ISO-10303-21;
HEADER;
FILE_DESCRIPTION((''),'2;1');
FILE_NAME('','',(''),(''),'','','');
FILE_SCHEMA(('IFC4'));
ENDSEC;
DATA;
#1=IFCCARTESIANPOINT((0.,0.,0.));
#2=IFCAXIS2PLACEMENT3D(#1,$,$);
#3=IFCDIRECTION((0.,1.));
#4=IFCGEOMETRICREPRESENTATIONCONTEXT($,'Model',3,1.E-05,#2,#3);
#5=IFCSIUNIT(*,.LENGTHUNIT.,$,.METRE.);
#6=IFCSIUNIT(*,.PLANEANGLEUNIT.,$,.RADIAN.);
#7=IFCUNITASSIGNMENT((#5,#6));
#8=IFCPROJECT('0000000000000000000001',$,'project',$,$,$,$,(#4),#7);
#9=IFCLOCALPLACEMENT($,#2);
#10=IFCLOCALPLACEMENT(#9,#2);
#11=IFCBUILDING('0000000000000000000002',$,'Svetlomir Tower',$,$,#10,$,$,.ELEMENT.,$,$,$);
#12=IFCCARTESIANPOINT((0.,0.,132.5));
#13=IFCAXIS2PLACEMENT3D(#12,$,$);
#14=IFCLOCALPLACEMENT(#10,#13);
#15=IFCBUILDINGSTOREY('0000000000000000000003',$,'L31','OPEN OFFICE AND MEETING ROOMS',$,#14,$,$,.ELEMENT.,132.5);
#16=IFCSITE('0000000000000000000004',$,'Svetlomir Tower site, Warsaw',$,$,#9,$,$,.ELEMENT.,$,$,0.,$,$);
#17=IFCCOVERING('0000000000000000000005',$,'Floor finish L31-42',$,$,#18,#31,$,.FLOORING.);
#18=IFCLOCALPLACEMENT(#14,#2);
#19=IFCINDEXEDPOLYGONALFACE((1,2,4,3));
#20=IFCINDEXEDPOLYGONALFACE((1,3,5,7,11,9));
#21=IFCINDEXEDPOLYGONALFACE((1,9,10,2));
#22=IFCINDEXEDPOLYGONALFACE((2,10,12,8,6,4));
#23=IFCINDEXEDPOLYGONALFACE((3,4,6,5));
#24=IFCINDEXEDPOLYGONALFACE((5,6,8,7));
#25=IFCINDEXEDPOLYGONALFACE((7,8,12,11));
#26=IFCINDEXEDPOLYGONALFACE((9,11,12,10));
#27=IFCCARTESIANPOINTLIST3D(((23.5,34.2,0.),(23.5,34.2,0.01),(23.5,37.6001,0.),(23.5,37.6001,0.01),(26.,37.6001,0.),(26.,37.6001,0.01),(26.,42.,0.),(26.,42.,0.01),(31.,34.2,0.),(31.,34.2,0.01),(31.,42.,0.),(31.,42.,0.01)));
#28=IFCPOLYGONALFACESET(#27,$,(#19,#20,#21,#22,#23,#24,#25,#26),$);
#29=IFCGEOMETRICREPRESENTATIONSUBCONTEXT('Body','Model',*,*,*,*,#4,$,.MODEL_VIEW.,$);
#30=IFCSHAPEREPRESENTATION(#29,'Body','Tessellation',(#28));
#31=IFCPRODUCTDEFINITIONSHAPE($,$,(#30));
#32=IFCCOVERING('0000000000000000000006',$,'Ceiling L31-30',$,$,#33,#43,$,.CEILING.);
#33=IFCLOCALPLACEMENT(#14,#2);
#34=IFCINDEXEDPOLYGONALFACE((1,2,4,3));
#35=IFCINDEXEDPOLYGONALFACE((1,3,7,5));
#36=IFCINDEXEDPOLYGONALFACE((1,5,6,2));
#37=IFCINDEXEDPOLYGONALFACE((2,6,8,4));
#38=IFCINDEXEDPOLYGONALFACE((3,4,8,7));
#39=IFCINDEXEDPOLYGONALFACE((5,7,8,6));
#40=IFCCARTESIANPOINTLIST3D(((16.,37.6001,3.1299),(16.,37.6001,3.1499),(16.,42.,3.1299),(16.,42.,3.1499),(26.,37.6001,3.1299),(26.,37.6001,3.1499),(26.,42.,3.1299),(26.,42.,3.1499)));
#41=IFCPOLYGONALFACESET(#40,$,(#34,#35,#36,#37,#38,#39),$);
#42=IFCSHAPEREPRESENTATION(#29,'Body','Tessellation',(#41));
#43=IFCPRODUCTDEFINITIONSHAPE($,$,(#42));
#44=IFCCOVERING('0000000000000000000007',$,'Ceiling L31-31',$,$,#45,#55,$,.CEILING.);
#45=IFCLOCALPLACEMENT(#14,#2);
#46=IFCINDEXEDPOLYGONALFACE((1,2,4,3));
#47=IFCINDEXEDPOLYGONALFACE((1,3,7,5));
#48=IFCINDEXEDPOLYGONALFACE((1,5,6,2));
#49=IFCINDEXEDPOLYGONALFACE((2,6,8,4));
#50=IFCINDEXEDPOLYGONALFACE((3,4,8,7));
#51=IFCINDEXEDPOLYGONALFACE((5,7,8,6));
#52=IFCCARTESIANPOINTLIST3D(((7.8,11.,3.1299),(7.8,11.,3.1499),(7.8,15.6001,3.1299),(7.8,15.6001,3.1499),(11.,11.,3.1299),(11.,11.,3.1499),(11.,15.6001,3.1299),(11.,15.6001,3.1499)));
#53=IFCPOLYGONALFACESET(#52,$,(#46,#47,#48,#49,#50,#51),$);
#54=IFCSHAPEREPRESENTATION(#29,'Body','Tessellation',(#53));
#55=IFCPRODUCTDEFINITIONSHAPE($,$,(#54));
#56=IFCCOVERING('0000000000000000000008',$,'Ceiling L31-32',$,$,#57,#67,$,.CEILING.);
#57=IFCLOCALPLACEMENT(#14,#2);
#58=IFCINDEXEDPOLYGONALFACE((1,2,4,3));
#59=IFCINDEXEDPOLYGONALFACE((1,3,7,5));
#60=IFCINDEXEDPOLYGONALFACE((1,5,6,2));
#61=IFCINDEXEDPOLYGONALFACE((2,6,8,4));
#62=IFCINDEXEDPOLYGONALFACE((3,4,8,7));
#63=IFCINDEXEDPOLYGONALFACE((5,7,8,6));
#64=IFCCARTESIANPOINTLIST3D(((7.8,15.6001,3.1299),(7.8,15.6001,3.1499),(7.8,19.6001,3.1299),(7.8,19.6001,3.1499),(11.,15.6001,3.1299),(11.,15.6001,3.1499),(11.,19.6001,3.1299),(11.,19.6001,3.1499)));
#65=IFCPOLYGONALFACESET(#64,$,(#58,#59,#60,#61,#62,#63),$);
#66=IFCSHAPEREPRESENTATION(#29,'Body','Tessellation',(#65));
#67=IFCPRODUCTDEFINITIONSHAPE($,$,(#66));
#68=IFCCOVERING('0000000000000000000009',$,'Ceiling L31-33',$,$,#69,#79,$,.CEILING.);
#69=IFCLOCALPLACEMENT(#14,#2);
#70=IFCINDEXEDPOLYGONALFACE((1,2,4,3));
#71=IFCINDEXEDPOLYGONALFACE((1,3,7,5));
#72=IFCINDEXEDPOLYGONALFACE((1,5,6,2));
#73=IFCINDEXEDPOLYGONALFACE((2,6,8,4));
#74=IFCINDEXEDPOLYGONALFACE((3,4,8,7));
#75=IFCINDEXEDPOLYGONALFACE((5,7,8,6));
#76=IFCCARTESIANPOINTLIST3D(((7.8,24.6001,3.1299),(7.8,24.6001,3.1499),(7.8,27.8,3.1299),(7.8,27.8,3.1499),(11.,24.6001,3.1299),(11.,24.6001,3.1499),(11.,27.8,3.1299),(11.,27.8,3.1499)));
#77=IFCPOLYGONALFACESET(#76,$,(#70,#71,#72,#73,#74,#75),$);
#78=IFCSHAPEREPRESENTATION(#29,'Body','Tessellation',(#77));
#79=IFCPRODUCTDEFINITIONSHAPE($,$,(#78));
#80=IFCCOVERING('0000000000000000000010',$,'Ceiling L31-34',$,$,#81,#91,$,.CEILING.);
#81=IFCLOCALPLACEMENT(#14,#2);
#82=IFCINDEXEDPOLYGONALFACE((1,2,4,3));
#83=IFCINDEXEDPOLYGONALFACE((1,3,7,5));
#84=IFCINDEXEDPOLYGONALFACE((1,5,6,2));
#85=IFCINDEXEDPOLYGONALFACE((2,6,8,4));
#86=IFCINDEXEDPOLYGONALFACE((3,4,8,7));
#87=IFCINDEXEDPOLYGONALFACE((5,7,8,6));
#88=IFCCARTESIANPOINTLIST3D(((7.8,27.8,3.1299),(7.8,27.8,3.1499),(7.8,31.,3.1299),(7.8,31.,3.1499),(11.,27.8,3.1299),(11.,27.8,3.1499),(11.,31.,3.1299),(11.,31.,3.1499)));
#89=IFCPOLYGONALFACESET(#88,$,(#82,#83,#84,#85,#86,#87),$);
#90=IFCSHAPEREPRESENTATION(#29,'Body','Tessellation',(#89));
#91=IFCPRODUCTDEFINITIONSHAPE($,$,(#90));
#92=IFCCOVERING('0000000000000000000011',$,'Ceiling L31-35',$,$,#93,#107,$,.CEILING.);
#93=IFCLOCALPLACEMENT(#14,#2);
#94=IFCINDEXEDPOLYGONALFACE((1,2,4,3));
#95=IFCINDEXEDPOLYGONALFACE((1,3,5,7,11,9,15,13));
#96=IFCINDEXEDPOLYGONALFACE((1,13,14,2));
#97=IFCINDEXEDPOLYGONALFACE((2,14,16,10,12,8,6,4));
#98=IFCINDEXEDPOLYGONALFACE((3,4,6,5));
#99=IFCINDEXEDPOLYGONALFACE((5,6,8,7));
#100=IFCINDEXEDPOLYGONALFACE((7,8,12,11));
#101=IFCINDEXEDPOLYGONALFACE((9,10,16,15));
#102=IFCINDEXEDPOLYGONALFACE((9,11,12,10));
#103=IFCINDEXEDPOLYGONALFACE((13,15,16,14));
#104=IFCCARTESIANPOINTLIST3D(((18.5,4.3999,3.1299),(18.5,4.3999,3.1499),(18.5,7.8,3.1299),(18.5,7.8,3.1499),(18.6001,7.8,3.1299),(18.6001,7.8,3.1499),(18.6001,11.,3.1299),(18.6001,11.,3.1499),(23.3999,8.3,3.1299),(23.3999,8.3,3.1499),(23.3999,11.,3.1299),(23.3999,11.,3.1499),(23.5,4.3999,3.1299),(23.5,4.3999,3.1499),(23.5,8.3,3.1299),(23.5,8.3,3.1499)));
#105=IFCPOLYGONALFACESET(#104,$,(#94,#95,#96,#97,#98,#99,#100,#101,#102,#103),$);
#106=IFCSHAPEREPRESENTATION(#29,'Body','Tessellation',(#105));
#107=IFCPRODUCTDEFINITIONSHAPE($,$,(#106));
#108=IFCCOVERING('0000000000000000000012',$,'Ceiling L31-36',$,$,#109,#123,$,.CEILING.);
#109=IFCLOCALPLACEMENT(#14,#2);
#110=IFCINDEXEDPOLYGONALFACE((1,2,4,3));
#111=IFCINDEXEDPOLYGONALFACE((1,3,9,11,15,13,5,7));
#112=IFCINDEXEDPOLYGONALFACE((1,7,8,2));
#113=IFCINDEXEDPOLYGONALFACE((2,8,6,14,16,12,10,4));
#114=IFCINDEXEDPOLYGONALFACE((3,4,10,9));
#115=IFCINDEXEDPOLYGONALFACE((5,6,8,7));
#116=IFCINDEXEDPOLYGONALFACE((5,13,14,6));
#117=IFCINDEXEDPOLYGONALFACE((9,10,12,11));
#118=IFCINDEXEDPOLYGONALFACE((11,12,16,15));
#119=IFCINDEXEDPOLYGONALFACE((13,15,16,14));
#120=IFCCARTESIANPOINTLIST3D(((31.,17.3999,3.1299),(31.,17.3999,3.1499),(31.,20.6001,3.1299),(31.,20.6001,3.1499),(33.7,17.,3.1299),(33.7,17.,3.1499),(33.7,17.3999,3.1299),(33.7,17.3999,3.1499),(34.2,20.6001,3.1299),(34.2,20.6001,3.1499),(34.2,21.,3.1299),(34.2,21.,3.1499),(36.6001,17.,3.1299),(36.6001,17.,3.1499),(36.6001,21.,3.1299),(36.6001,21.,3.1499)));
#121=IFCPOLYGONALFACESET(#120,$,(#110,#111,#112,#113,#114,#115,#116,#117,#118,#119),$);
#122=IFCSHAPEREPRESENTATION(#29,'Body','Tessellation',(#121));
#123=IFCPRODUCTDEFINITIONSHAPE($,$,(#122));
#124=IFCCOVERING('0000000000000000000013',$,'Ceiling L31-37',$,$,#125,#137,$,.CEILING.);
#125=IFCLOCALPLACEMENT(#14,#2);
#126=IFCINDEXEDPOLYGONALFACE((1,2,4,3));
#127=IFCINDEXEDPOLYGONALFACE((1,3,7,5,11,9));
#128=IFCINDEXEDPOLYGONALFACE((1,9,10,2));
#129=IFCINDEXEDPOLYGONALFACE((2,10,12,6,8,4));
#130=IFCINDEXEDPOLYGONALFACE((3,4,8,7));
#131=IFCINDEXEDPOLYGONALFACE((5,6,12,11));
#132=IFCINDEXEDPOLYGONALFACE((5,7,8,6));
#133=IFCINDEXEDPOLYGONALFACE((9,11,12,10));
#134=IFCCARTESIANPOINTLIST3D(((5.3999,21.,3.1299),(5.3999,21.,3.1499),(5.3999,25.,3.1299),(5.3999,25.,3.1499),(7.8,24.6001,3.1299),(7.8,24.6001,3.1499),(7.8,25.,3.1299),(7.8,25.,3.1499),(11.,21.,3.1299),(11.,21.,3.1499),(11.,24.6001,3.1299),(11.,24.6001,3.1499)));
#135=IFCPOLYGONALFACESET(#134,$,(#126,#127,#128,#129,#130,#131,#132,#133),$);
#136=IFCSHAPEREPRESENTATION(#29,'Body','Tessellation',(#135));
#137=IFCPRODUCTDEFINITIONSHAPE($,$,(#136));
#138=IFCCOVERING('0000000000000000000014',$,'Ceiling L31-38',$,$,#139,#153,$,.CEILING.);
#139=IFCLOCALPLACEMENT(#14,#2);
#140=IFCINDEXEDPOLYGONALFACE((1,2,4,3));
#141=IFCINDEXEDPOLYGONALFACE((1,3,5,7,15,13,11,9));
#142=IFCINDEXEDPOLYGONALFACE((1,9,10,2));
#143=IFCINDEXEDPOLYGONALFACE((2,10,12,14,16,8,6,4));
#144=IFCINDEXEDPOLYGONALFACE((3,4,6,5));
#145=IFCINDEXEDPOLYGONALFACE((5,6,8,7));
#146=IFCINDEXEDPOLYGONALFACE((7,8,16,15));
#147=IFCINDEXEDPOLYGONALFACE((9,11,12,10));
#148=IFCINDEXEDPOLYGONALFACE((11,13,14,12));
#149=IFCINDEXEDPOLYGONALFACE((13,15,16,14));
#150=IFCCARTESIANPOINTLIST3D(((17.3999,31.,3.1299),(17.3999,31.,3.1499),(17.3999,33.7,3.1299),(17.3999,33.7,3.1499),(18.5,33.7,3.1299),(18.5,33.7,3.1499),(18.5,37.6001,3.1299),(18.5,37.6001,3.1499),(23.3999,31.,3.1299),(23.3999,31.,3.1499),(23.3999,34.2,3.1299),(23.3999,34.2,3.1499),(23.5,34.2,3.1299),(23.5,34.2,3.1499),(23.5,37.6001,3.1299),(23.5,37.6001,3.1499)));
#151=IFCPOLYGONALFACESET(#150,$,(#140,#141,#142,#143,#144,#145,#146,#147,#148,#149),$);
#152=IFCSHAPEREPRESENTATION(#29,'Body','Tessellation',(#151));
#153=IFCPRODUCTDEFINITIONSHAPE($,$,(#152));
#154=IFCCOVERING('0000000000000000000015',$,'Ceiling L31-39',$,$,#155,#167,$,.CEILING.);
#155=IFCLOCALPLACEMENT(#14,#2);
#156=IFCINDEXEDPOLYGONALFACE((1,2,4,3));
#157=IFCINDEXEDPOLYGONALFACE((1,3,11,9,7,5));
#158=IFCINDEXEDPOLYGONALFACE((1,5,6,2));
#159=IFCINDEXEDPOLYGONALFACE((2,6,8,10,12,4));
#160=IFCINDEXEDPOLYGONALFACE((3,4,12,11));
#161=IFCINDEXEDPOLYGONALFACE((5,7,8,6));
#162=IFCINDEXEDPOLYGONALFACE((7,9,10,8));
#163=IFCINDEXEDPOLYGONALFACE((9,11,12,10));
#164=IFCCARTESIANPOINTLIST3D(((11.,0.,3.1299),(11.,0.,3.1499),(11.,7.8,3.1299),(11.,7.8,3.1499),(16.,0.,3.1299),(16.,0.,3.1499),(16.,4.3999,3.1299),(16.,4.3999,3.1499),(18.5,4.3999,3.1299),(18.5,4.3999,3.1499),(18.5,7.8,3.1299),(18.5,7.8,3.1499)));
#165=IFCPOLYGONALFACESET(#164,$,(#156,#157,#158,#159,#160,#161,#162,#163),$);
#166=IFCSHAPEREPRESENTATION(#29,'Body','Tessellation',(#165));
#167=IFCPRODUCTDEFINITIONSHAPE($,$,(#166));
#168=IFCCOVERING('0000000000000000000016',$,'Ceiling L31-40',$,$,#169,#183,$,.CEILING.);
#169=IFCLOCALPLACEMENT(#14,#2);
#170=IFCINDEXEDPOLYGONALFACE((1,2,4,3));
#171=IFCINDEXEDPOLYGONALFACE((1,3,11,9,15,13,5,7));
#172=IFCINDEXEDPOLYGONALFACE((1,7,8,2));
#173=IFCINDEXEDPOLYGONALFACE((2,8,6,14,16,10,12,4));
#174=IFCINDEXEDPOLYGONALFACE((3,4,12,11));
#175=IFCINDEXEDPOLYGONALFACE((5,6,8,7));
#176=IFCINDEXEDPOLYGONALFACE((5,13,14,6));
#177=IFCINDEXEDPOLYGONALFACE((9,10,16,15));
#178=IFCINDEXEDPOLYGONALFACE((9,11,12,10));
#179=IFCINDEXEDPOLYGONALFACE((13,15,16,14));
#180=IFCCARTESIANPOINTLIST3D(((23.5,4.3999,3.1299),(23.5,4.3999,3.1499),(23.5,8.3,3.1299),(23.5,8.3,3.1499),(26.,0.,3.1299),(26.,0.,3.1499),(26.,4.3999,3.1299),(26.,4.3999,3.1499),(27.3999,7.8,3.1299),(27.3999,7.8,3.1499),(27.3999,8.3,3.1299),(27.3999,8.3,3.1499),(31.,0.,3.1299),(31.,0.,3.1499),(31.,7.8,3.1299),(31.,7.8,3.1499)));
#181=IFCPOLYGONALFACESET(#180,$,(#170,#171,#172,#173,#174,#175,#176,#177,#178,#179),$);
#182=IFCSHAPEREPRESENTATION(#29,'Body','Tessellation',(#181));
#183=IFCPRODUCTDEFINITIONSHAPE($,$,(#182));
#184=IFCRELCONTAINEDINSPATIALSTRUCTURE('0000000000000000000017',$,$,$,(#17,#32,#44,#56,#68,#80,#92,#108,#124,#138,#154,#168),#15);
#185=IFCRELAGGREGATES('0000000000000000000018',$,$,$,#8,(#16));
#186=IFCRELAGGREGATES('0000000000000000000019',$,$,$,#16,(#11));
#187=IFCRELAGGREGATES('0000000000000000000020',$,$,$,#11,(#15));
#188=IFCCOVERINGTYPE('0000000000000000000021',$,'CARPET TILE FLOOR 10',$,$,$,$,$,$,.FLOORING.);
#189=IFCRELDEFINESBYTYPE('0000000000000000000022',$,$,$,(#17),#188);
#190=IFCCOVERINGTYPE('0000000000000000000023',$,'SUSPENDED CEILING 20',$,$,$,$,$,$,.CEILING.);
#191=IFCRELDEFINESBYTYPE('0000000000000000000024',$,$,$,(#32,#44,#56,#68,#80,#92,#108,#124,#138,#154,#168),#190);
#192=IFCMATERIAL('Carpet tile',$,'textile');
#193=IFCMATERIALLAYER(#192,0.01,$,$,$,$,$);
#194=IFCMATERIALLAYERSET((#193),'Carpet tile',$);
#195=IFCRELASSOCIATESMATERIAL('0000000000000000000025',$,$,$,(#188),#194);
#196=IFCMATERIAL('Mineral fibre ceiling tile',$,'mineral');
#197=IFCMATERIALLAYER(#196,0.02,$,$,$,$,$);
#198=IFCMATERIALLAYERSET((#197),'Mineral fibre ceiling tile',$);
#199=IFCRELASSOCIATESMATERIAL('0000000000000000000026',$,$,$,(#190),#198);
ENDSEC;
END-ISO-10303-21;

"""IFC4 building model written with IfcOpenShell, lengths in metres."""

from ifc_helpers import new_model, si_unit, direction, frame, origin, place, context, subcontext, project, spatial, polyline, outline, extrude, material, layer, layer_set, type_object, element, save


model = new_model("IFC4")

# Units and contexts
model_context = context("Model", 3, precision=1e-05, world=origin(), true_north=direction((0.0, 1.0)))
body_context = subcontext(model_context, "Body", "Model", "MODEL_VIEW")
ifc_project = project(units=[si_unit("LENGTHUNIT", "METRE"), si_unit("PLANEANGLEUNIT", "RADIAN")], contexts=[model_context])

# Site, building, storey
site_placement = place(None, origin())
site = spatial("IfcSite", under=ifc_project, at=site_placement, Name="Svetlomir Tower site, Warsaw", CompositionType="ELEMENT", RefElevation=0.0)
building_placement = place(site_placement, origin())
building = spatial("IfcBuilding", under=site, at=building_placement, Name="Svetlomir Tower", CompositionType="ELEMENT")
storey_placement = place(building_placement, frame((0.0, 0.0, 132.5)))
storey = spatial("IfcBuildingStorey", under=building, at=storey_placement, Name="L31", Description="OPEN OFFICE AND MEETING ROOMS", CompositionType="ELEMENT", Elevation=132.5)

# Coverings
ifc_material_1 = material(Name="Carpet tile", Category="textile")
ifc_layer_1 = layer(ifc_material_1, 0.01)
ifc_layer_set_1 = layer_set([ifc_layer_1], Name="Carpet tile")
covering_type_1 = type_object("IfcCoveringType", Name="CARPET TILE FLOOR 10", PredefinedType="FLOORING", material=ifc_layer_set_1)
covering_1_placement = place(storey_placement, origin())
element("IfcCovering", 1, at=covering_1_placement, inside=storey, type_object=covering_type_1, Name="Floor finish L31-42", PredefinedType="FLOORING", context=body_context, shape_type="SweptSolid", body=[
    extrude(outline(polyline([(23.5, 34.2), (23.5, 37.6001), (26.0, 37.6001), (26.0, 42.0), (31.0, 42.0), (31.0, 34.2), (23.5, 34.2)])), origin(), (0.0, 0.0, 1.0), 0.01),
])
ifc_material_2 = material(Name="Mineral fibre ceiling tile", Category="mineral")
ifc_layer_2 = layer(ifc_material_2, 0.02)
ifc_layer_set_2 = layer_set([ifc_layer_2], Name="Mineral fibre ceiling tile")
covering_type_2 = type_object("IfcCoveringType", Name="SUSPENDED CEILING 20", PredefinedType="CEILING", material=ifc_layer_set_2)
covering_2_placement = place(storey_placement, frame((0.0, 0.0, 3.1299)))
element("IfcCovering", 2, at=covering_2_placement, inside=storey, type_object=covering_type_2, Name="Ceiling L31-30", PredefinedType="CEILING", context=body_context, shape_type="SweptSolid", body=[
    extrude(outline(polyline([(16.0, 37.6001), (26.0, 37.6001), (26.0, 42.0), (16.0, 42.0), (16.0, 37.6001)])), origin(), (0.0, 0.0, 1.0), 0.02),
])
covering_3_placement = place(storey_placement, frame((0.0, 0.0, 3.1299)))
element("IfcCovering", 3, at=covering_3_placement, inside=storey, type_object=covering_type_2, Name="Ceiling L31-31", PredefinedType="CEILING", context=body_context, shape_type="SweptSolid", body=[
    extrude(outline(polyline([(7.8, 11.0), (11.0, 11.0), (11.0, 15.6001), (7.8, 15.6001), (7.8, 11.0)])), origin(), (0.0, 0.0, 1.0), 0.02),
])
covering_4_placement = place(storey_placement, frame((0.0, 0.0, 3.1299)))
element("IfcCovering", 4, at=covering_4_placement, inside=storey, type_object=covering_type_2, Name="Ceiling L31-32", PredefinedType="CEILING", context=body_context, shape_type="SweptSolid", body=[
    extrude(outline(polyline([(7.8, 15.6001), (11.0, 15.6001), (11.0, 19.6001), (7.8, 19.6001), (7.8, 15.6001)])), origin(), (0.0, 0.0, 1.0), 0.02),
])
covering_5_placement = place(storey_placement, frame((0.0, 0.0, 3.1299)))
element("IfcCovering", 5, at=covering_5_placement, inside=storey, type_object=covering_type_2, Name="Ceiling L31-33", PredefinedType="CEILING", context=body_context, shape_type="SweptSolid", body=[
    extrude(outline(polyline([(7.8, 24.6001), (11.0, 24.6001), (11.0, 27.8), (7.8, 27.8), (7.8, 24.6001)])), origin(), (0.0, 0.0, 1.0), 0.02),
])
covering_6_placement = place(storey_placement, frame((0.0, 0.0, 3.1299)))
element("IfcCovering", 6, at=covering_6_placement, inside=storey, type_object=covering_type_2, Name="Ceiling L31-34", PredefinedType="CEILING", context=body_context, shape_type="SweptSolid", body=[
    extrude(outline(polyline([(7.8, 27.8), (11.0, 27.8), (11.0, 31.0), (7.8, 31.0), (7.8, 27.8)])), origin(), (0.0, 0.0, 1.0), 0.02),
])
covering_7_placement = place(storey_placement, frame((0.0, 0.0, 3.1299)))
element("IfcCovering", 7, at=covering_7_placement, inside=storey, type_object=covering_type_2, Name="Ceiling L31-35", PredefinedType="CEILING", context=body_context, shape_type="SweptSolid", body=[
    extrude(outline(polyline([(18.5, 4.3999), (18.5, 7.8), (18.6001, 7.8), (18.6001, 11.0), (23.3999, 11.0), (23.3999, 8.3), (23.5, 8.3), (23.5, 4.3999), (18.5, 4.3999)])), origin(), (0.0, 0.0, 1.0), 0.02),
])
covering_8_placement = place(storey_placement, frame((0.0, 0.0, 3.1299)))
element("IfcCovering", 8, at=covering_8_placement, inside=storey, type_object=covering_type_2, Name="Ceiling L31-36", PredefinedType="CEILING", context=body_context, shape_type="SweptSolid", body=[
    extrude(outline(polyline([(34.2, 20.6001), (34.2, 21.0), (36.6001, 21.0), (36.6001, 17.0), (33.7, 17.0), (33.7, 17.3999), (31.0, 17.3999), (31.0, 20.6001), (34.2, 20.6001)])), origin(), (0.0, 0.0, 1.0), 0.02),
])
covering_9_placement = place(storey_placement, frame((0.0, 0.0, 3.1299)))
element("IfcCovering", 9, at=covering_9_placement, inside=storey, type_object=covering_type_2, Name="Ceiling L31-37", PredefinedType="CEILING", context=body_context, shape_type="SweptSolid", body=[
    extrude(outline(polyline([(5.3999, 21.0), (5.3999, 25.0), (7.8, 25.0), (7.8, 24.6001), (11.0, 24.6001), (11.0, 21.0), (5.3999, 21.0)])), origin(), (0.0, 0.0, 1.0), 0.02),
])
covering_10_placement = place(storey_placement, frame((0.0, 0.0, 3.1299)))
element("IfcCovering", 10, at=covering_10_placement, inside=storey, type_object=covering_type_2, Name="Ceiling L31-38", PredefinedType="CEILING", context=body_context, shape_type="SweptSolid", body=[
    extrude(outline(polyline([(18.5, 33.7), (18.5, 37.6001), (23.5, 37.6001), (23.5, 34.2), (23.3999, 34.2), (23.3999, 31.0), (17.3999, 31.0), (17.3999, 33.7), (18.5, 33.7)])), origin(), (0.0, 0.0, 1.0), 0.02),
])
covering_11_placement = place(storey_placement, frame((0.0, 0.0, 3.1299)))
element("IfcCovering", 11, at=covering_11_placement, inside=storey, type_object=covering_type_2, Name="Ceiling L31-39", PredefinedType="CEILING", context=body_context, shape_type="SweptSolid", body=[
    extrude(outline(polyline([(18.5, 7.8), (18.5, 4.3999), (16.0, 4.3999), (16.0, 0.0), (11.0, 0.0), (11.0, 7.8), (18.5, 7.8)])), origin(), (0.0, 0.0, 1.0), 0.02),
])
covering_12_placement = place(storey_placement, frame((0.0, 0.0, 3.1299)))
element("IfcCovering", 12, at=covering_12_placement, inside=storey, type_object=covering_type_2, Name="Ceiling L31-40", PredefinedType="CEILING", context=body_context, shape_type="SweptSolid", body=[
    extrude(outline(polyline([(27.3999, 7.8), (31.0, 7.8), (31.0, 0.0), (26.0, 0.0), (26.0, 4.3999), (23.5, 4.3999), (23.5, 8.3), (27.3999, 8.3), (27.3999, 7.8)])), origin(), (0.0, 0.0, 1.0), 0.02),
])

save(model, "model.ifc")
